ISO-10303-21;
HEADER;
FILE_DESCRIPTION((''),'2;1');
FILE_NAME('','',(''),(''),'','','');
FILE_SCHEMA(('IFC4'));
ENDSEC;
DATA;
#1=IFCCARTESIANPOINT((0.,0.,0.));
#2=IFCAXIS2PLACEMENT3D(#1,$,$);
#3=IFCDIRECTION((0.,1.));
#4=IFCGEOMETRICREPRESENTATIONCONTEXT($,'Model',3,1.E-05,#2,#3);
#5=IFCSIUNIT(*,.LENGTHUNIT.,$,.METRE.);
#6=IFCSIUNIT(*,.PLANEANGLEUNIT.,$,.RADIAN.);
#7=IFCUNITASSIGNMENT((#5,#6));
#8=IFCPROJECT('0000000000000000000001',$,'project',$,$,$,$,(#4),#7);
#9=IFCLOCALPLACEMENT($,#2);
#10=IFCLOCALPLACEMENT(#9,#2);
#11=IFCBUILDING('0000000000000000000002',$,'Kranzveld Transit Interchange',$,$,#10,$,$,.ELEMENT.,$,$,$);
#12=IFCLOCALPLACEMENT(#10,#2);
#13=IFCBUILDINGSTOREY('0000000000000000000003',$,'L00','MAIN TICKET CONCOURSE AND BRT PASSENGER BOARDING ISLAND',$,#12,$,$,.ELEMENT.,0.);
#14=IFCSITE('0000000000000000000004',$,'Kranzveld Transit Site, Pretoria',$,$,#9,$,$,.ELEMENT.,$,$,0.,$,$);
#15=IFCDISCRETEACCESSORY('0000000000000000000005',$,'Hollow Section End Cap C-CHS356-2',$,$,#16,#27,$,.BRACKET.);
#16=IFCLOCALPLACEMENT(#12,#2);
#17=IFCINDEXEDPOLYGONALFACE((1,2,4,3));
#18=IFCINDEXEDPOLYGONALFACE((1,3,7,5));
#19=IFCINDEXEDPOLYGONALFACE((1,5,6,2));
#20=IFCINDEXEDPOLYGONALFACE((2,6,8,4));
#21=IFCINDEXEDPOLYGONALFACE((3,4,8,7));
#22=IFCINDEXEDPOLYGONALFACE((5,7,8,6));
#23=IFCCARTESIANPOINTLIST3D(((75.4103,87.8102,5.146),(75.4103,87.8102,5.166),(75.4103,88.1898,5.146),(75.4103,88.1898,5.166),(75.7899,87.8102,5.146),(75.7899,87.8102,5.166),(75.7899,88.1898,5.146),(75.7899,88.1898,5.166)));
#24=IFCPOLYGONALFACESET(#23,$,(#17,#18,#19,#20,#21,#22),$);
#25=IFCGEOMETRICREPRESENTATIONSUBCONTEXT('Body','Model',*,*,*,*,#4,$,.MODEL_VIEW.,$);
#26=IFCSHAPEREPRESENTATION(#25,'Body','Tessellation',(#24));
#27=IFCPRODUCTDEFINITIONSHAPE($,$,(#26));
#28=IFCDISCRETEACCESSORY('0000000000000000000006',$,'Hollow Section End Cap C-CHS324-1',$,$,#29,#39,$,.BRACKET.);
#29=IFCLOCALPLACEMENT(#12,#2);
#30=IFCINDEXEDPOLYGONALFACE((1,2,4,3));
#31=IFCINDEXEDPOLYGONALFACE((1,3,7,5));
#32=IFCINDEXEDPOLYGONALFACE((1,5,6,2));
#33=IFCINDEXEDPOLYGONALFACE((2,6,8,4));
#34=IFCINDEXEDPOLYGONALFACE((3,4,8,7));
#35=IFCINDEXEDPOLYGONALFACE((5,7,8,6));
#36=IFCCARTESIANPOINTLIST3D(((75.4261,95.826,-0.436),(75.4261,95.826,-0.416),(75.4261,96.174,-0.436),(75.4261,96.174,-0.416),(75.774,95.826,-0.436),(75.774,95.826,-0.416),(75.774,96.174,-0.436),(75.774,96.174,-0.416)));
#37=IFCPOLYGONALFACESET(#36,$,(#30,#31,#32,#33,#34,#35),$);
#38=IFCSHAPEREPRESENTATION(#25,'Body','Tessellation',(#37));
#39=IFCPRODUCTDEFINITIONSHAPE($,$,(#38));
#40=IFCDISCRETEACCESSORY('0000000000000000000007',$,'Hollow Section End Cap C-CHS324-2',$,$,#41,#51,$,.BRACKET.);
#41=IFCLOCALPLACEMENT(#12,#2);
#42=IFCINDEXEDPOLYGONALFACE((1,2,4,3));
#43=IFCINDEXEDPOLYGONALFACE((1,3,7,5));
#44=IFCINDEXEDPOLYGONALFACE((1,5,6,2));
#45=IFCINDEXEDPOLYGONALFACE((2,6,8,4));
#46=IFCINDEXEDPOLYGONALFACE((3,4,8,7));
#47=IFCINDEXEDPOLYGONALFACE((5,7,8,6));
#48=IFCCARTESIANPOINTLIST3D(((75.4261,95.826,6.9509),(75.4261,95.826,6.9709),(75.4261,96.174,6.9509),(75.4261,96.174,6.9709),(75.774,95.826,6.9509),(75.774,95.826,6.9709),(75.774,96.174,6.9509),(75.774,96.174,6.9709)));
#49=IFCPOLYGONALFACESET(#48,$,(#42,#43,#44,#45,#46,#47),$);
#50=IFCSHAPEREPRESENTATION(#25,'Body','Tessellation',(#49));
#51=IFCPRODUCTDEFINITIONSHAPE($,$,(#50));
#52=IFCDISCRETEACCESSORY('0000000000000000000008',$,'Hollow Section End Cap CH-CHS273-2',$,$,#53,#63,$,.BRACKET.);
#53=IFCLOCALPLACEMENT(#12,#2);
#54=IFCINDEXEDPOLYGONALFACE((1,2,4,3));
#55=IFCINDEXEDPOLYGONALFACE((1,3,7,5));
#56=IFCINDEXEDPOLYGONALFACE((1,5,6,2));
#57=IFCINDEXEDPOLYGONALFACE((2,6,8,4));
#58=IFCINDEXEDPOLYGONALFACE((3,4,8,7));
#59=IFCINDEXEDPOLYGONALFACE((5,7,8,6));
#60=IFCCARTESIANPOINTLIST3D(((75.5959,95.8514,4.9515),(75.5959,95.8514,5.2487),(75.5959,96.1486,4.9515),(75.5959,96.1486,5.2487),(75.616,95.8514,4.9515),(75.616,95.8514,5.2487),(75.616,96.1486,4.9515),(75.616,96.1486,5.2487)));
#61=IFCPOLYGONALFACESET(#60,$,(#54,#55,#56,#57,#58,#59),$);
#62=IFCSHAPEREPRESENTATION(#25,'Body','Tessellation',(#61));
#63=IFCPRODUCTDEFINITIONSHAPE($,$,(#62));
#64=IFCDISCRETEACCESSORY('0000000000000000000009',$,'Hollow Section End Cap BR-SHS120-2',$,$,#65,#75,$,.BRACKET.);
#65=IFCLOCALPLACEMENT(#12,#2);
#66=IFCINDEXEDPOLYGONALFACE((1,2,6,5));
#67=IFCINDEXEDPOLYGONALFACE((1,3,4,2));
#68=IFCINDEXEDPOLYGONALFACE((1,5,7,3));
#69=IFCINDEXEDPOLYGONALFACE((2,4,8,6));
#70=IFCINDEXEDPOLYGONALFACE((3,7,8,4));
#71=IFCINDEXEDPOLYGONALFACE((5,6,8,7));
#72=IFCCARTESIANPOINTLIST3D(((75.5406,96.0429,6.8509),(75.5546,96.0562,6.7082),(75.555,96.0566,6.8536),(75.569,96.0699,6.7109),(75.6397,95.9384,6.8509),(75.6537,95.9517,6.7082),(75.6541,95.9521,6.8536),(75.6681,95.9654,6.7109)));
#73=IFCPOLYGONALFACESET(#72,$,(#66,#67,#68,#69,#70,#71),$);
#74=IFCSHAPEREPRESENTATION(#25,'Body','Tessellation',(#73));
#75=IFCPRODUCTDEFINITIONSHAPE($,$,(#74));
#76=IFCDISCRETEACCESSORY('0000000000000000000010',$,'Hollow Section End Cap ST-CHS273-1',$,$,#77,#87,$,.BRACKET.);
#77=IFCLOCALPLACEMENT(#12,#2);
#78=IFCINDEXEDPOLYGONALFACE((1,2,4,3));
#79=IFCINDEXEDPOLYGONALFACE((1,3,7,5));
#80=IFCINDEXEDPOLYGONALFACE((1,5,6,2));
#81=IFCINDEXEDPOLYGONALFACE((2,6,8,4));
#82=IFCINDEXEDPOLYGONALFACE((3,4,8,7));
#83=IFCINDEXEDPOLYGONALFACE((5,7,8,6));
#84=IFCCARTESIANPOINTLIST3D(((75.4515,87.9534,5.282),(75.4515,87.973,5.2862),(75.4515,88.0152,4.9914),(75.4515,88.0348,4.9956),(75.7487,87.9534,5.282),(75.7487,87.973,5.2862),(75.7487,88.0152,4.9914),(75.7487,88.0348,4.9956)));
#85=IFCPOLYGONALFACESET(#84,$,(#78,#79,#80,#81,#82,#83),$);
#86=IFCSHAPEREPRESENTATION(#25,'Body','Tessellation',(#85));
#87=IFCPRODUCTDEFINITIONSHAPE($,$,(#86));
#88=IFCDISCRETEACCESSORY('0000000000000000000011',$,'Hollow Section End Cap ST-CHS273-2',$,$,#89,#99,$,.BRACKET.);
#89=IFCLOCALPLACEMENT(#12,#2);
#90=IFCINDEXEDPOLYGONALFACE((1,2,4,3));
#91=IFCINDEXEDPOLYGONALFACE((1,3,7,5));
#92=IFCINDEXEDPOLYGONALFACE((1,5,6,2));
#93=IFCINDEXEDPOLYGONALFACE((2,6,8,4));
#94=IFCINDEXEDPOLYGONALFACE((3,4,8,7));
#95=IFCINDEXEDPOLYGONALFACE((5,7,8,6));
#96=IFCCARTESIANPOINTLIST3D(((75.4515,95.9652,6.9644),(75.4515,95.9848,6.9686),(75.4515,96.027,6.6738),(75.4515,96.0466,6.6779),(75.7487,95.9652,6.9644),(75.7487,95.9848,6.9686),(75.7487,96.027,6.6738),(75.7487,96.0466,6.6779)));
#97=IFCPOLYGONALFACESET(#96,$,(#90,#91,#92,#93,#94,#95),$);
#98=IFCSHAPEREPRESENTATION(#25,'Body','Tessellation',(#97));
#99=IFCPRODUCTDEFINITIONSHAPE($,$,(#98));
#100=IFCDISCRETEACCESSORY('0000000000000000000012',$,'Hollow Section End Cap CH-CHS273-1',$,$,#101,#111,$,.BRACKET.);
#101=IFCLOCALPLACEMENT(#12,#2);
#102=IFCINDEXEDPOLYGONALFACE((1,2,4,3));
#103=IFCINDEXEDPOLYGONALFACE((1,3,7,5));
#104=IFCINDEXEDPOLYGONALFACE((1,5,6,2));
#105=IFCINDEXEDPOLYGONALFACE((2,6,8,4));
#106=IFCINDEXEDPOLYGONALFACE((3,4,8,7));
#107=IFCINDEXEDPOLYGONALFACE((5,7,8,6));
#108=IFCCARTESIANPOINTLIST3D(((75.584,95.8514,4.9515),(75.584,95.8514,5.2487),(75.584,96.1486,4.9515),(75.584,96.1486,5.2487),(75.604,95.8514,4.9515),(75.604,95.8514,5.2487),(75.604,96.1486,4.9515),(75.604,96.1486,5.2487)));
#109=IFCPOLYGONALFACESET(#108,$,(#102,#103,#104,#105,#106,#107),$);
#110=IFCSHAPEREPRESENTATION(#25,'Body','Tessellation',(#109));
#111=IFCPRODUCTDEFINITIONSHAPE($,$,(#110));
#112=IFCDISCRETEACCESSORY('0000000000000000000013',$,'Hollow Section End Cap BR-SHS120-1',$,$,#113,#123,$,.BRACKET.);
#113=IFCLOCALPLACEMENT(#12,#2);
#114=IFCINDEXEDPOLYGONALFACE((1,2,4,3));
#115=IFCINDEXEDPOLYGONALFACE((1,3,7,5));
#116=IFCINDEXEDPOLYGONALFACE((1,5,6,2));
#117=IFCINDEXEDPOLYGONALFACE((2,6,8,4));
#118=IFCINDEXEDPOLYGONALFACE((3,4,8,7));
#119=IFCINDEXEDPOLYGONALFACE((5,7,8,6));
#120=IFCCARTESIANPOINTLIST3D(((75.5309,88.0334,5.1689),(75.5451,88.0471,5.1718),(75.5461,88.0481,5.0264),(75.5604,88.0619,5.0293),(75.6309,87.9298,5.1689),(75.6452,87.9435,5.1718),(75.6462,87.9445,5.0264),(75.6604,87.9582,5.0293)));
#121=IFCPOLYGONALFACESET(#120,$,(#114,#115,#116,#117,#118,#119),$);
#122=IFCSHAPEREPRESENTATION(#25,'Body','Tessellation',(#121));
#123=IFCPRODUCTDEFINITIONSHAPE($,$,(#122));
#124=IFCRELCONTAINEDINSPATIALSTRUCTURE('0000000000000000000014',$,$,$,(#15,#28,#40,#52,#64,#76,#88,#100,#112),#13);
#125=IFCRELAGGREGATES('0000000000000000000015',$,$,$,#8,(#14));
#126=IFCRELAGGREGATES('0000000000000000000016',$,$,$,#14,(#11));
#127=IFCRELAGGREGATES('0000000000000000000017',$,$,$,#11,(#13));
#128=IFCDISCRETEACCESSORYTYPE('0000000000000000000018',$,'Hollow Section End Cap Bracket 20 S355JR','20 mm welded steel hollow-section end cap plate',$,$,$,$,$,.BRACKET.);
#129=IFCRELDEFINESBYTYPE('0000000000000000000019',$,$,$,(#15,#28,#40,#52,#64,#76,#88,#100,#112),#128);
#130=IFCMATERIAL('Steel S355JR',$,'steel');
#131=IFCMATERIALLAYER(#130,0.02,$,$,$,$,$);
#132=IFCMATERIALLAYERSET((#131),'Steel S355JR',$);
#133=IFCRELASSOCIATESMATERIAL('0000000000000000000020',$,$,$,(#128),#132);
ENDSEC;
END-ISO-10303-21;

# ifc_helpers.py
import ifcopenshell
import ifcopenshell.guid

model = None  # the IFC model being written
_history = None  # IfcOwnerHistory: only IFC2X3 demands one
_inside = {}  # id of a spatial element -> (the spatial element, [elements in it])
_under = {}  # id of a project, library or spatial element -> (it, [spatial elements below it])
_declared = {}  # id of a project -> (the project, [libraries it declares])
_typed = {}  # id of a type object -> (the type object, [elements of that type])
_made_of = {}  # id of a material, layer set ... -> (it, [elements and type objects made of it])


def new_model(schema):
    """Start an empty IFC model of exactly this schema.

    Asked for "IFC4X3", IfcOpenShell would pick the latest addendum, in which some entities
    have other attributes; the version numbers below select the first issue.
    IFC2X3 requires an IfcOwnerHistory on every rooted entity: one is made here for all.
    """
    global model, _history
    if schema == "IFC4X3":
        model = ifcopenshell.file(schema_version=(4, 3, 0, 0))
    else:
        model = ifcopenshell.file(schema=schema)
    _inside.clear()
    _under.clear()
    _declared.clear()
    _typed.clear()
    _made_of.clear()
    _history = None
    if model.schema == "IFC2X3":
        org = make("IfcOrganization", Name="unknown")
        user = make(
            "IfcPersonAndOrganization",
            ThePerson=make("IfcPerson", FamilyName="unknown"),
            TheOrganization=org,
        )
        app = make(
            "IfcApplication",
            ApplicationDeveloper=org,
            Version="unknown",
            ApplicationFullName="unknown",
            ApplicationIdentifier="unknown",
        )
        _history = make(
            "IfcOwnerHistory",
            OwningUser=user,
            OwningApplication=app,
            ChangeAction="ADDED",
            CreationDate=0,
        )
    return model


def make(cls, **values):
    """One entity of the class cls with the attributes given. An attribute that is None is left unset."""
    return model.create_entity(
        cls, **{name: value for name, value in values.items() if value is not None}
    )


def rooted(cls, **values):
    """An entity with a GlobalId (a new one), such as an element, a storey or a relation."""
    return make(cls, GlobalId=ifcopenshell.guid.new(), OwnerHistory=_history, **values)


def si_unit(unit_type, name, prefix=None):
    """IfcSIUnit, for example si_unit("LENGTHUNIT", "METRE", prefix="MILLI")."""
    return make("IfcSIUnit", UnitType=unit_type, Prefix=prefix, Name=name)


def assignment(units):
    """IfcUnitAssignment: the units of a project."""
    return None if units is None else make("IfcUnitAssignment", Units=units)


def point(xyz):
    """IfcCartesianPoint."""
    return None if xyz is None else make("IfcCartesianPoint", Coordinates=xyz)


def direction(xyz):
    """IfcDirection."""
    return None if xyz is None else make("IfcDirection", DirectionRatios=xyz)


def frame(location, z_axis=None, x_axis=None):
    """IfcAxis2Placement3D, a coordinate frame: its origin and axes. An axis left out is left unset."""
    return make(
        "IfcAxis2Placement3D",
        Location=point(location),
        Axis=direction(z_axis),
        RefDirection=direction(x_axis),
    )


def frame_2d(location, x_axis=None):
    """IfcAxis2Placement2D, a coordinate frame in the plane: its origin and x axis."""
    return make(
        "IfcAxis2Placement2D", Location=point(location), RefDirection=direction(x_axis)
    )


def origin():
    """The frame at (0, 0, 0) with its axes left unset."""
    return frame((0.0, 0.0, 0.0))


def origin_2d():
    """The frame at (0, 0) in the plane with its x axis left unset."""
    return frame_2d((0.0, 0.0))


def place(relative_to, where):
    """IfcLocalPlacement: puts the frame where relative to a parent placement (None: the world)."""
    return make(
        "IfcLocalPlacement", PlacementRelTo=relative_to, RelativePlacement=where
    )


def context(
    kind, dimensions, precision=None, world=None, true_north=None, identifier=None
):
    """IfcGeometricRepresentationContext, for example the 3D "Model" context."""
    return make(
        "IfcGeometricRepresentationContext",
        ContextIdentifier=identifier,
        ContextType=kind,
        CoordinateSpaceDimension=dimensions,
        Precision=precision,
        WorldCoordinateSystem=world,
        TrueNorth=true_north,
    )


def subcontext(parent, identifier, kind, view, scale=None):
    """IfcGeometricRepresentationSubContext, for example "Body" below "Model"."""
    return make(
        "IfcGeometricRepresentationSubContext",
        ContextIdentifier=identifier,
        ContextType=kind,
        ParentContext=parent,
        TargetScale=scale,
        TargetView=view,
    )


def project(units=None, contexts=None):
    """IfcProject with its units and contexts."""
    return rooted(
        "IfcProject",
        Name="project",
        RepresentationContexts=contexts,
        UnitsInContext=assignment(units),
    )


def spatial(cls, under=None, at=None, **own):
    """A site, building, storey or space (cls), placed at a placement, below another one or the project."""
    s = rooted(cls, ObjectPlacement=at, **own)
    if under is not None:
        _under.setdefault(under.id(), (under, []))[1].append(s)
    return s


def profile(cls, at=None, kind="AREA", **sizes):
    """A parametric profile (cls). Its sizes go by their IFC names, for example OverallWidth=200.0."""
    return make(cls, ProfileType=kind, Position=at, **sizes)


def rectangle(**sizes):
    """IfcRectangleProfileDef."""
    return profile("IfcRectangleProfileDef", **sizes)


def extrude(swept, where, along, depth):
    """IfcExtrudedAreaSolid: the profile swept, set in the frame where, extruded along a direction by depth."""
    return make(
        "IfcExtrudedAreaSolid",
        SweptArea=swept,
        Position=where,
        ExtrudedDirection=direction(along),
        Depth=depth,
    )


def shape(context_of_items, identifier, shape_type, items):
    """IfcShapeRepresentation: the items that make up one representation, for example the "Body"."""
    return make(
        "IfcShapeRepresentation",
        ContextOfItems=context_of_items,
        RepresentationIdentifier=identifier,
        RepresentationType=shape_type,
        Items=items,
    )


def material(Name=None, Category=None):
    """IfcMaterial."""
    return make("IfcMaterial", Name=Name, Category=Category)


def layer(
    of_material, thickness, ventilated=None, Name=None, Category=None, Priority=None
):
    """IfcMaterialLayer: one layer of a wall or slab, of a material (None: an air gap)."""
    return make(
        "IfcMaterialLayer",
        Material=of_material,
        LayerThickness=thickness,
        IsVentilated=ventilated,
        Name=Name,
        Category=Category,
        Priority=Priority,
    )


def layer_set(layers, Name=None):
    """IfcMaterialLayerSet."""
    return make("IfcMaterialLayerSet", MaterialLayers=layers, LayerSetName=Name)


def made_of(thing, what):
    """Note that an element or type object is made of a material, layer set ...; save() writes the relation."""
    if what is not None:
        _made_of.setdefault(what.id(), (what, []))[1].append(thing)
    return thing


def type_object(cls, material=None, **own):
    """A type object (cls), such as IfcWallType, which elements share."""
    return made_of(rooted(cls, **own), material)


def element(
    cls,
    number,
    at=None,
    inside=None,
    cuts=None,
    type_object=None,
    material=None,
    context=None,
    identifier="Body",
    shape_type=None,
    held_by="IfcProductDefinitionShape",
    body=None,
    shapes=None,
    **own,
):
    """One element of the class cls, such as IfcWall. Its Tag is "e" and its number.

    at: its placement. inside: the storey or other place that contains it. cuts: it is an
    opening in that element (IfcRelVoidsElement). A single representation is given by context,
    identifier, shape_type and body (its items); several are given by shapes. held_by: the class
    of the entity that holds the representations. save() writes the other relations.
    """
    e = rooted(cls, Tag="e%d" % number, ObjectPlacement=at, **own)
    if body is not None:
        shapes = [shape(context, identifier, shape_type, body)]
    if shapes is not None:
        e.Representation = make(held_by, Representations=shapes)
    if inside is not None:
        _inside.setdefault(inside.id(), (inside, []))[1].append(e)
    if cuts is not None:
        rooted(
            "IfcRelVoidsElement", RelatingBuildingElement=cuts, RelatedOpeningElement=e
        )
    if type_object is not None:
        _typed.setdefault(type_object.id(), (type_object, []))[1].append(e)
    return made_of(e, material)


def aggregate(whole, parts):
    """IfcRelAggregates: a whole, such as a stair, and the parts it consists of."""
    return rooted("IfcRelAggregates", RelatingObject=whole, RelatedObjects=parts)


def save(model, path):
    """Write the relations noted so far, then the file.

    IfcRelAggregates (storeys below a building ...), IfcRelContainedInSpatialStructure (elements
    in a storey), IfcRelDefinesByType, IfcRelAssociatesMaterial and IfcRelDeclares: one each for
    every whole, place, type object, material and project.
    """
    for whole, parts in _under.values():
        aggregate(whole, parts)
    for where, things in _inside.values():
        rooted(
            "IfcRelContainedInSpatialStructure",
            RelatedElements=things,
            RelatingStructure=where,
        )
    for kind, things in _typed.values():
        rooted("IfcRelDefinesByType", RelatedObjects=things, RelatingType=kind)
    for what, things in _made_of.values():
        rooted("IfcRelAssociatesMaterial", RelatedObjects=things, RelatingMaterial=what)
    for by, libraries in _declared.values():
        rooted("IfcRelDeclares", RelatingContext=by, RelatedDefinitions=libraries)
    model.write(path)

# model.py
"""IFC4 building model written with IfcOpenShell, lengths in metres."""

from ifc_helpers import new_model, si_unit, direction, frame, origin, origin_2d, place, context, subcontext, project, spatial, rectangle, extrude, material, layer, layer_set, type_object, element, save


model = new_model("IFC4")

# Units and contexts
model_context = context("Model", 3, precision=1e-05, world=origin(), true_north=direction((0.0, 1.0)))
body_context = subcontext(model_context, "Body", "Model", "MODEL_VIEW")
ifc_project = project(units=[si_unit("LENGTHUNIT", "METRE"), si_unit("PLANEANGLEUNIT", "RADIAN")], contexts=[model_context])

# Site, building, storey
site_placement = place(None, origin())
site = spatial("IfcSite", under=ifc_project, at=site_placement, Name="Kranzveld Transit Site, Pretoria", CompositionType="ELEMENT", RefElevation=0.0)
building_placement = place(site_placement, origin())
building = spatial("IfcBuilding", under=site, at=building_placement, Name="Kranzveld Transit Interchange", CompositionType="ELEMENT")
storey_placement = place(building_placement, origin())
storey = spatial("IfcBuildingStorey", under=building, at=storey_placement, Name="L00", Description="MAIN TICKET CONCOURSE AND BRT PASSENGER BOARDING ISLAND", CompositionType="ELEMENT", Elevation=0.0)

# Discrete accessories
ifc_material_1 = material(Name="Steel S355JR", Category="steel")
ifc_layer_1 = layer(ifc_material_1, 0.02)
ifc_layer_set_1 = layer_set([ifc_layer_1], Name="Steel S355JR")
discrete_accessory_type = type_object("IfcDiscreteAccessoryType", Name="Hollow Section End Cap Bracket 20 S355JR", Description="20 mm welded steel hollow-section end cap plate", PredefinedType="BRACKET", material=ifc_layer_set_1)
for number, where, z_axis, x_axis, name in (
    (1, (75.6001, 88.0, 5.146), (0.0, 0.0, 1.0), (1.0, 0.0, 0.0), "Hollow Section End Cap C-CHS356-2"),
):
    element("IfcDiscreteAccessory", number, at=place(storey_placement, frame(where, z_axis=z_axis, x_axis=x_axis)), inside=storey, type_object=discrete_accessory_type, Name=name, PredefinedType="BRACKET", context=body_context, shape_type="SweptSolid", body=[
        extrude(rectangle(XDim=0.3796, YDim=0.3796, at=origin_2d()), origin(), (0.0, 0.0, 1.0), 0.02),
    ])
for number, where, z_axis, x_axis, name in (
    (2, (75.6001, 96.0, -0.416), (0.0, 0.0, -1.0), (1.0, 0.0, 0.0), "Hollow Section End Cap C-CHS324-1"),
    (3, (75.6001, 96.0, 6.9509), (0.0, 0.0, 1.0), (1.0, 0.0, 0.0), "Hollow Section End Cap C-CHS324-2"),
):
    element("IfcDiscreteAccessory", number, at=place(storey_placement, frame(where, z_axis=z_axis, x_axis=x_axis)), inside=storey, type_object=discrete_accessory_type, Name=name, PredefinedType="BRACKET", context=body_context, shape_type="SweptSolid", body=[
        extrude(rectangle(XDim=0.3479, YDim=0.3479, at=origin_2d()), origin(), (0.0, 0.0, 1.0), 0.02),
    ])
discrete_accessory_1_placement = place(storey_placement, frame((75.5959, 96.0, 5.1001), z_axis=(1.0, 0.0, 0.0), x_axis=(0.0, 1.0, 0.0)))
element("IfcDiscreteAccessory", 4, at=discrete_accessory_1_placement, inside=storey, type_object=discrete_accessory_type, Name="Hollow Section End Cap CH-CHS273-2", PredefinedType="BRACKET", context=body_context, shape_type="SweptSolid", body=[
    extrude(rectangle(XDim=0.2971, YDim=0.2971, at=origin_2d()), origin(), (0.0, 0.0, 1.0), 0.02),
])
discrete_accessory_2_placement = place(storey_placement, frame((75.5972, 95.9973, 6.7795), z_axis=(0.718764, 0.682217, 0.134007), x_axis=(-0.688426, 0.725306, 0.0)))
element("IfcDiscreteAccessory", 5, at=discrete_accessory_2_placement, inside=storey, type_object=discrete_accessory_type, Name="Hollow Section End Cap BR-SHS120-2", PredefinedType="BRACKET", context=body_context, shape_type="SweptSolid", body=[
    extrude(rectangle(XDim=0.144, YDim=0.144, at=origin_2d()), origin(), (0.0, 0.0, 1.0), 0.02),
])
for number, where, z_axis, x_axis, name in (
    (6, (75.6001, 88.0039, 5.1409), (0.0, -0.978159, -0.207859), (1.0, 0.0, 0.0), "Hollow Section End Cap ST-CHS273-1"),
    (7, (75.6001, 95.9961, 6.8191), (0.0, 0.978159, 0.207859), (-1.0, 0.0, 0.0), "Hollow Section End Cap ST-CHS273-2"),
    (8, (75.604, 96.0, 5.1001), (-1.0, 0.0, 0.0), (0.0, -1.0, 0.0), "Hollow Section End Cap CH-CHS273-1"),
):
    element("IfcDiscreteAccessory", number, at=place(storey_placement, frame(where, z_axis=z_axis, x_axis=x_axis)), inside=storey, type_object=discrete_accessory_type, Name=name, PredefinedType="BRACKET", context=body_context, shape_type="SweptSolid", body=[
        extrude(rectangle(XDim=0.2971, YDim=0.2971, at=origin_2d()), origin(), (0.0, 0.0, 1.0), 0.02),
    ])
discrete_accessory_3_placement = place(storey_placement, frame((75.6028, 88.0027, 5.1006), z_axis=(-0.711563, -0.687026, -0.14722), x_axis=(0.694595, -0.719401, 0.0)))
element("IfcDiscreteAccessory", 9, at=discrete_accessory_3_placement, inside=storey, type_object=discrete_accessory_type, Name="Hollow Section End Cap BR-SHS120-1", PredefinedType="BRACKET", context=body_context, shape_type="SweptSolid", body=[
    extrude(rectangle(XDim=0.144, YDim=0.144, at=origin_2d()), origin(), (0.0, 0.0, 1.0), 0.02),
])

save(model, "model.ifc")
